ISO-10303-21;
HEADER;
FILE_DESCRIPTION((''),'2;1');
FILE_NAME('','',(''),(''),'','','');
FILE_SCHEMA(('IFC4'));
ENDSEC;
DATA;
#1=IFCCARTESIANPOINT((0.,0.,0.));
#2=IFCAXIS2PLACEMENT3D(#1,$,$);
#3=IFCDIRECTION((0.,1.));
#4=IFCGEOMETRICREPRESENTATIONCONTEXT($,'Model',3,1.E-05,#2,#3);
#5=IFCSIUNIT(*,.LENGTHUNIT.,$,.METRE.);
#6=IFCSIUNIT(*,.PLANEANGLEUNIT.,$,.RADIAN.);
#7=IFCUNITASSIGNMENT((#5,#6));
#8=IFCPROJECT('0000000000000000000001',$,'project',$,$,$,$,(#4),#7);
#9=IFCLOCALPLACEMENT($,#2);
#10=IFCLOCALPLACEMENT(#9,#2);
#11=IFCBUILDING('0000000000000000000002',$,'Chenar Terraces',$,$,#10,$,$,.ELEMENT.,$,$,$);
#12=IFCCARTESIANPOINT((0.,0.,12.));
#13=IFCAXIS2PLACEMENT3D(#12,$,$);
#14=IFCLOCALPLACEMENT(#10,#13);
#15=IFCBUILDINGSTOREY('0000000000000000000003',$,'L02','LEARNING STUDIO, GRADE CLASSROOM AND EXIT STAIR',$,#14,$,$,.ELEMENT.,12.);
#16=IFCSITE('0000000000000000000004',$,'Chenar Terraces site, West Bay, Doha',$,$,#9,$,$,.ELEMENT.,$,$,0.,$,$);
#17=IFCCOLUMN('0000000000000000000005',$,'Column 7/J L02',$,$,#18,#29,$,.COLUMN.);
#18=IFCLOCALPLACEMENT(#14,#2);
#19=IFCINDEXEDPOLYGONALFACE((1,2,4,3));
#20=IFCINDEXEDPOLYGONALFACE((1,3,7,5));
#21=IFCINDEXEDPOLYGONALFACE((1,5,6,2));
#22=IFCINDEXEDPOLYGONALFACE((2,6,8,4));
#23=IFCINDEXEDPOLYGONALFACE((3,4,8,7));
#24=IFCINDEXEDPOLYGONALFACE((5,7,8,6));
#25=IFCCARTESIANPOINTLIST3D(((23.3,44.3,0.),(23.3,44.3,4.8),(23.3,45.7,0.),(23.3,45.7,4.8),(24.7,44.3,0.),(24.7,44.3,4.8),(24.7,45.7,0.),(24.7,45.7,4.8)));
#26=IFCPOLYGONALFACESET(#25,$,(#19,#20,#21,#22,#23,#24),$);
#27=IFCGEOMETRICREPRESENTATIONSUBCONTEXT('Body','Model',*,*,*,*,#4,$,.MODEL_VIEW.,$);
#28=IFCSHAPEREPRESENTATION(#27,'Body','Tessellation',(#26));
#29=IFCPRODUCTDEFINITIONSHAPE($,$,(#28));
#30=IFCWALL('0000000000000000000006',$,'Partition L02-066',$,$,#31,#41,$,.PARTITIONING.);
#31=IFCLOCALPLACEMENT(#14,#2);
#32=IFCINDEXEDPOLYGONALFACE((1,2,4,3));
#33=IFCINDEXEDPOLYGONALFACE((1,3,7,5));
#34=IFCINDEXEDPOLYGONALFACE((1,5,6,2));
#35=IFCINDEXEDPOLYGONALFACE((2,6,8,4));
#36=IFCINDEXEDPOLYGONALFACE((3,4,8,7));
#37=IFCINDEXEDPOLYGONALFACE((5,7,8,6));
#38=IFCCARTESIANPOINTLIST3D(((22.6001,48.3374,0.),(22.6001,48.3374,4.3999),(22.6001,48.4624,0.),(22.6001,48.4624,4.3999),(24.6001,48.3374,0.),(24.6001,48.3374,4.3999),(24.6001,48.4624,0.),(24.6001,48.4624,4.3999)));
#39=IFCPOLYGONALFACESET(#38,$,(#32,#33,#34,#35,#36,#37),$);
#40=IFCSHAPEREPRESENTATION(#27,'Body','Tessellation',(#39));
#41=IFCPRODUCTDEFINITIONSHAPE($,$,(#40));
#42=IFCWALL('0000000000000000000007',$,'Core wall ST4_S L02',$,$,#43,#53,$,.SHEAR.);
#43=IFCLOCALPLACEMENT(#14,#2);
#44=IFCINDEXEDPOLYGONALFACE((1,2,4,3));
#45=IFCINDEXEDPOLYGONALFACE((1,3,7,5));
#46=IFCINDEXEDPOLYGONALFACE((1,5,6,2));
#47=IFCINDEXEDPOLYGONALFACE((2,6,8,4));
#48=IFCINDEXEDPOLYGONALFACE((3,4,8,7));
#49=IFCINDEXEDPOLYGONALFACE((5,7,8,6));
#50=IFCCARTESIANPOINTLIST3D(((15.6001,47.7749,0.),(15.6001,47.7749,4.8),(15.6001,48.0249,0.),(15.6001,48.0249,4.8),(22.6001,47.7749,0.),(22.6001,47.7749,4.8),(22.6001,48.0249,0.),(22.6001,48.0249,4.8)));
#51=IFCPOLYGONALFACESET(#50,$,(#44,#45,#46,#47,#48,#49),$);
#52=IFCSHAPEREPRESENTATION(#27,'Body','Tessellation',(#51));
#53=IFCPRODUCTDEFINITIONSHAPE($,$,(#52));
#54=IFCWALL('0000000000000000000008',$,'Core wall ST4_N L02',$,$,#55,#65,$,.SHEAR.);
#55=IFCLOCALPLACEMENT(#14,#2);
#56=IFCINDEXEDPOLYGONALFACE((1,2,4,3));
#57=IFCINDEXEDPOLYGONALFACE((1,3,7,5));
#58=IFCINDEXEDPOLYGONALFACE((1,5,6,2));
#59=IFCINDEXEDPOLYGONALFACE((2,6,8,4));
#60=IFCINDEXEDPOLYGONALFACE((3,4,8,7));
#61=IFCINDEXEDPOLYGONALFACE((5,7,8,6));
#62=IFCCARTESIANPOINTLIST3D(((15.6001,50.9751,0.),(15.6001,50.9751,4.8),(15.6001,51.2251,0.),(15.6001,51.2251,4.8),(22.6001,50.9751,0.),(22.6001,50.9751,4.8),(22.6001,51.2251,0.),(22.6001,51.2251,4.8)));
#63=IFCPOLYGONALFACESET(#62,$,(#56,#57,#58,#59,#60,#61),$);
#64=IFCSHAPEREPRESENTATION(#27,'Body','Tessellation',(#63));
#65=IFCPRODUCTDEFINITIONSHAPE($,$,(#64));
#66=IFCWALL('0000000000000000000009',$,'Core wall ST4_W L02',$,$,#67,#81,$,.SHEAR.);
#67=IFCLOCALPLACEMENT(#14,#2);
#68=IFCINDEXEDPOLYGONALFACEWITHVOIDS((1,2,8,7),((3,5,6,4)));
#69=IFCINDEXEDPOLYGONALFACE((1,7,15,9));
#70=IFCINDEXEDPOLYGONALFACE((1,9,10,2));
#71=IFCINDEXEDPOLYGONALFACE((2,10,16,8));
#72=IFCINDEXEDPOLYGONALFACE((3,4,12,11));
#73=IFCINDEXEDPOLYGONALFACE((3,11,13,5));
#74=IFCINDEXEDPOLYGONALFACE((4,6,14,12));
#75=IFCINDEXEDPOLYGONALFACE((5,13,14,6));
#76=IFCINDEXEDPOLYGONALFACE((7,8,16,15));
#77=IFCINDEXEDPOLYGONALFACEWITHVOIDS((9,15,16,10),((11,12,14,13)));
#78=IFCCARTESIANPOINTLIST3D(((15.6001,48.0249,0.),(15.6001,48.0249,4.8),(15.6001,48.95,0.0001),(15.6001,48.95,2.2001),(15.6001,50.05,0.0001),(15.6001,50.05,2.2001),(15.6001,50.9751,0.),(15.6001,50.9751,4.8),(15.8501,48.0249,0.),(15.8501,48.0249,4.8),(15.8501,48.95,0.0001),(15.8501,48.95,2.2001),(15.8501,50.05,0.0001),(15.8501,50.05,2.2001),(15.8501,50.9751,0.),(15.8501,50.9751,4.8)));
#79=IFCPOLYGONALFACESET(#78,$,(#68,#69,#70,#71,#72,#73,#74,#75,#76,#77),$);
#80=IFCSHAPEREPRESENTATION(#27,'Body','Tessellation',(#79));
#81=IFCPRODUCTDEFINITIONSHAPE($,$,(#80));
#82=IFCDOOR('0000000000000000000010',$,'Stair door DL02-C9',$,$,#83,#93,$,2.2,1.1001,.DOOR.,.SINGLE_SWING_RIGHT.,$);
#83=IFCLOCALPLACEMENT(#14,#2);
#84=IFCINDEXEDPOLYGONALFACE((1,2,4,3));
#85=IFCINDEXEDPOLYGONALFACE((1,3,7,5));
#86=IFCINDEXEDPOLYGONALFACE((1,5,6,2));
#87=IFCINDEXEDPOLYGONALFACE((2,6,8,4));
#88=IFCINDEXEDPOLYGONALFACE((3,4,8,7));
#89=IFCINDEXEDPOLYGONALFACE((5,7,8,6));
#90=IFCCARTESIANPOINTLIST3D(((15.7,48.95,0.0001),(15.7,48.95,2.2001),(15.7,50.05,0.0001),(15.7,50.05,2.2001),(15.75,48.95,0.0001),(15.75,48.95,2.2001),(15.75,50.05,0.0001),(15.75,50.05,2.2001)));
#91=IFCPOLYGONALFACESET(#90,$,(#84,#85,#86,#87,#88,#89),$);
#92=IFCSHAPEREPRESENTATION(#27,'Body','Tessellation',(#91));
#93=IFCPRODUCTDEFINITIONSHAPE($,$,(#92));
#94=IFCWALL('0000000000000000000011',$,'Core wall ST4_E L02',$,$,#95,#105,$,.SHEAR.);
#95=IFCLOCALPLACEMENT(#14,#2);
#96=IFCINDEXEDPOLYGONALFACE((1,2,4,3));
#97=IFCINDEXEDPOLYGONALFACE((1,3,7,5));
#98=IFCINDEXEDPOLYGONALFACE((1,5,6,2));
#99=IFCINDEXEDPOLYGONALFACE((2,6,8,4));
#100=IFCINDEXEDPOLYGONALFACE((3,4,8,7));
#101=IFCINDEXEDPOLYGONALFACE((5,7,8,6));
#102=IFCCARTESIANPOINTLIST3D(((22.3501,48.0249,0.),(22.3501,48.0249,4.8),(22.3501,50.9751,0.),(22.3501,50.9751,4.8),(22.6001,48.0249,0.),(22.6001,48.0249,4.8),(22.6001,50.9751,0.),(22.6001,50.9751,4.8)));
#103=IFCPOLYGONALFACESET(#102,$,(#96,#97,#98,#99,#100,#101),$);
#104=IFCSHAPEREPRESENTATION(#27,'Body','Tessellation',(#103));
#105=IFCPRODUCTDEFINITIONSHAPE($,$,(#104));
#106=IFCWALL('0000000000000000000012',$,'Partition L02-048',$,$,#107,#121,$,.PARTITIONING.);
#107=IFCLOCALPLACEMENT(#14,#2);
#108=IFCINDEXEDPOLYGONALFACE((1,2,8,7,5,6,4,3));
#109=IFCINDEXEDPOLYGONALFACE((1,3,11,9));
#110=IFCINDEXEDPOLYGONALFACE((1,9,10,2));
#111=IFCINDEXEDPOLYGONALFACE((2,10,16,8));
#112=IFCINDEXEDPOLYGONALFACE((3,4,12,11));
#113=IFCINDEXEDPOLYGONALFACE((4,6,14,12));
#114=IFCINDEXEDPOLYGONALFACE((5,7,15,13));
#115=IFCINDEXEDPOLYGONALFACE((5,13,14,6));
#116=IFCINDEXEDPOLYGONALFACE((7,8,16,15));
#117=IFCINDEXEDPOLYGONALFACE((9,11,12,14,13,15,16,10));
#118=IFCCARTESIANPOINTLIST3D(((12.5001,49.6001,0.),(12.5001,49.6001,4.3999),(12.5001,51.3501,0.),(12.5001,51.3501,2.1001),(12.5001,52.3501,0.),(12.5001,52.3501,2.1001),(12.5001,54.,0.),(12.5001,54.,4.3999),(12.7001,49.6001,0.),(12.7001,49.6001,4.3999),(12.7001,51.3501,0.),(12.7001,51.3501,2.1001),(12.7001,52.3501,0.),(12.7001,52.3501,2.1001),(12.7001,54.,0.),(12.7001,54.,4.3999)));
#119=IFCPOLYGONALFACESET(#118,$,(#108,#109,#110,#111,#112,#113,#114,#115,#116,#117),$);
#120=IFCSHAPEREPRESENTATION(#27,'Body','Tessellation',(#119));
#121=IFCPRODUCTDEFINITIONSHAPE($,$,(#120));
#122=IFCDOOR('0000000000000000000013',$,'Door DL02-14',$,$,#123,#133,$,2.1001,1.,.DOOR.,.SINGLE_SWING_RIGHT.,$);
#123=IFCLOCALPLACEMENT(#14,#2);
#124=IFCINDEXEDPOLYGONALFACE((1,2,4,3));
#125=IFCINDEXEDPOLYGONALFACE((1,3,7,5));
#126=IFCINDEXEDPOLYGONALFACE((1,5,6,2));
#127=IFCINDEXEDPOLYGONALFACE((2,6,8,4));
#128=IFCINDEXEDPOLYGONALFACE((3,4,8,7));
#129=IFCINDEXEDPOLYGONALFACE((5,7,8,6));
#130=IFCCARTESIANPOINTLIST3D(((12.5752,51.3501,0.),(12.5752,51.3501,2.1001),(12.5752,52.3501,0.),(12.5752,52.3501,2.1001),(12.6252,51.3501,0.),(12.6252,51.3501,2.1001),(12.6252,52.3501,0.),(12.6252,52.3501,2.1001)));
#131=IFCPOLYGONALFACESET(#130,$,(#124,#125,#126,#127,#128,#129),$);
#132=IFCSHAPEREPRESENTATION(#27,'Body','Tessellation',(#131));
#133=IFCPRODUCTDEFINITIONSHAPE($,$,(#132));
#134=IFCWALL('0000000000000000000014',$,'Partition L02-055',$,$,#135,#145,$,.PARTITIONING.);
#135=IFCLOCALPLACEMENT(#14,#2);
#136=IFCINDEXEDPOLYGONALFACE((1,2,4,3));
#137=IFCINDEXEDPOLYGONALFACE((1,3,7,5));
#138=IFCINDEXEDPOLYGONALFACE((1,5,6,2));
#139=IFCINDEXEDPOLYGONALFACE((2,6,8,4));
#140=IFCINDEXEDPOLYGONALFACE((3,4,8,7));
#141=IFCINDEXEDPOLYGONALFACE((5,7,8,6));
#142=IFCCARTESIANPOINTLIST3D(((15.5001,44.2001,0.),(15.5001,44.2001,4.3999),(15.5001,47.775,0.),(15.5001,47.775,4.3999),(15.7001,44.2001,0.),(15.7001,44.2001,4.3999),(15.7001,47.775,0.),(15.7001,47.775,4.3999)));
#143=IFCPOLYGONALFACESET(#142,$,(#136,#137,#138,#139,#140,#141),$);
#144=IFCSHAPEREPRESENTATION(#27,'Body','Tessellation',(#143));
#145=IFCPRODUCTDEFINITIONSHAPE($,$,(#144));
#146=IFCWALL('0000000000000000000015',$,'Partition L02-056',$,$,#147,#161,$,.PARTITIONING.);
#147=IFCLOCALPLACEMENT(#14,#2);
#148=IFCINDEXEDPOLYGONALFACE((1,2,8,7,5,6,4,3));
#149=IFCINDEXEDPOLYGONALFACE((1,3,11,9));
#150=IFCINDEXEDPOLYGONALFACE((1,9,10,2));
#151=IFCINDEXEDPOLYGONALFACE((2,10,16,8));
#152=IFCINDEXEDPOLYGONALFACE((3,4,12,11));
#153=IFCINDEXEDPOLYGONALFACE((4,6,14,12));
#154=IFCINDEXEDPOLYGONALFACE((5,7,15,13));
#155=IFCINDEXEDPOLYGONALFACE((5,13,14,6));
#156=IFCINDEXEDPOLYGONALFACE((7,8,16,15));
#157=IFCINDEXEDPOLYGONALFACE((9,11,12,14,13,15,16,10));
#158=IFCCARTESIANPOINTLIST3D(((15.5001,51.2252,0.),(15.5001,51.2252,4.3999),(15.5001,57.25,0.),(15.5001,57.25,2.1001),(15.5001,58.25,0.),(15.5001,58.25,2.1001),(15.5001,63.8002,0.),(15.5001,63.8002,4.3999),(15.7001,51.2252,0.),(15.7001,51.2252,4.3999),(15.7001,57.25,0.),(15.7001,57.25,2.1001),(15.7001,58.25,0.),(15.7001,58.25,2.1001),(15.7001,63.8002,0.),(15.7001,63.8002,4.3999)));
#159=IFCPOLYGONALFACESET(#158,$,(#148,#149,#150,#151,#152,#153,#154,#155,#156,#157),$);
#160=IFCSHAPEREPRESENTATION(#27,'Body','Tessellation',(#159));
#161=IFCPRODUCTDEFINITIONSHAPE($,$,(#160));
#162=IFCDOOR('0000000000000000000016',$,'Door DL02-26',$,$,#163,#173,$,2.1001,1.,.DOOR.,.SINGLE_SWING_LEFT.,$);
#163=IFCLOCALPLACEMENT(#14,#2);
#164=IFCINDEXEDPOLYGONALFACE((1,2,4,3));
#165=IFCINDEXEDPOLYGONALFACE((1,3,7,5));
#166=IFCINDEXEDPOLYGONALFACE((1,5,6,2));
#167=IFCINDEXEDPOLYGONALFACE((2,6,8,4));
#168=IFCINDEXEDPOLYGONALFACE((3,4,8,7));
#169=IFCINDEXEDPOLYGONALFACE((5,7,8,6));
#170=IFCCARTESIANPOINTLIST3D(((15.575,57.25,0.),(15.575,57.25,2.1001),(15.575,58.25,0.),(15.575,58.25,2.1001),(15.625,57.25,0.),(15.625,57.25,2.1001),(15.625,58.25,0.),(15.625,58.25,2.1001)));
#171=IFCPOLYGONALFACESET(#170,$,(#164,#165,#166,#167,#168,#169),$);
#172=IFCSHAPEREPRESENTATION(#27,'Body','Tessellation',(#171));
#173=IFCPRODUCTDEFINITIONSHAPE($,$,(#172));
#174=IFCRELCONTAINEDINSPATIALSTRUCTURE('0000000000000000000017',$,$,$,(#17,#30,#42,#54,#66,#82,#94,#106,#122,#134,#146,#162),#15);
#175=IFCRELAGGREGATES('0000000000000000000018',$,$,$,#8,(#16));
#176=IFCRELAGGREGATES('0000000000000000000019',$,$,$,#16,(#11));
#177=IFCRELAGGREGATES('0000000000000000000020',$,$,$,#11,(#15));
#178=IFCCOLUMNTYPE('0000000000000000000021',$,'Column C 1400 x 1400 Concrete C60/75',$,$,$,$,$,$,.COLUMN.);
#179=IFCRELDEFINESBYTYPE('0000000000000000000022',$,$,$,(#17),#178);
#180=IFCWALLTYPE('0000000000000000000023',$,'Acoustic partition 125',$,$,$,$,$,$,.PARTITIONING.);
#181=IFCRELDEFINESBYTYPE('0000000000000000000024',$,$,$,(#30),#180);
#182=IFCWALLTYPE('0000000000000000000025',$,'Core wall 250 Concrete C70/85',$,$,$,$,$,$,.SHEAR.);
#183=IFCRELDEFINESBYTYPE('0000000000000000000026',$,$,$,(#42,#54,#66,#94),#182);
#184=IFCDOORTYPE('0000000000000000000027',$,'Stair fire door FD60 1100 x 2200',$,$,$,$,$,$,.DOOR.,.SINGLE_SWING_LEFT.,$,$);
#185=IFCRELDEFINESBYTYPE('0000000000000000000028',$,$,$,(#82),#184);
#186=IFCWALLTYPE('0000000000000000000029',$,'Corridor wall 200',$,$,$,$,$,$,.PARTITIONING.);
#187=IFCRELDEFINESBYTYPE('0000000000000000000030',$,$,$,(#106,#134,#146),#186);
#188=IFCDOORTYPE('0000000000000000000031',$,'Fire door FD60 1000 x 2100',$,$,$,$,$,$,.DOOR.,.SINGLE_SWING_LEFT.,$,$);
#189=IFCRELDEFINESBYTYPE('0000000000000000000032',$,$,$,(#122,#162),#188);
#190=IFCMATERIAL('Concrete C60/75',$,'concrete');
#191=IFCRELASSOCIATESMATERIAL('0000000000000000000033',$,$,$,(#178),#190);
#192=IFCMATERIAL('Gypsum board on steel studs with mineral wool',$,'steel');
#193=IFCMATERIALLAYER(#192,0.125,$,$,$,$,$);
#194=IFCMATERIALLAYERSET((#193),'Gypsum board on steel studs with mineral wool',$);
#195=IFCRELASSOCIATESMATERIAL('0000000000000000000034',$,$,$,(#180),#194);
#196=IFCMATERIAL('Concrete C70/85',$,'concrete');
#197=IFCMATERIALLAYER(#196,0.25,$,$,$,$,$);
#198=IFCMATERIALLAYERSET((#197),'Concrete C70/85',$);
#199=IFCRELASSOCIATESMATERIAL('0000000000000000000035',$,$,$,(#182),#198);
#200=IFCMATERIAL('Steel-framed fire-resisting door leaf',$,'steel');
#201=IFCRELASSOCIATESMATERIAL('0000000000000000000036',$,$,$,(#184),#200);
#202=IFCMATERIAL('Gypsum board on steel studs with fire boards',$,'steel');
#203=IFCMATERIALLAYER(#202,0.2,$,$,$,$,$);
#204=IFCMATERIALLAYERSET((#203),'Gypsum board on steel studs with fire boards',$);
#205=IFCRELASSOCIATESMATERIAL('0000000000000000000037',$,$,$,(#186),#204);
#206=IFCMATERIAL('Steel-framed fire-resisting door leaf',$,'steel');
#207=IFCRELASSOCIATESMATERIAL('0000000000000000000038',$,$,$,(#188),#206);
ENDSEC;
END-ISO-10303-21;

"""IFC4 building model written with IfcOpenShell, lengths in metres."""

from ifc_helpers import new_model, si_unit, direction, frame, frame_2d, origin, origin_2d, place, context, subcontext, project, spatial, rectangle, extrude, material, layer, layer_set, material_profile, profile_set, type_object, element, fill, save


model = new_model("IFC4")

# Units and contexts
model_context = context("Model", 3, precision=1e-05, world=origin(), true_north=direction((0.0, 1.0)))
body_context = subcontext(model_context, "Body", "Model", "MODEL_VIEW")
ifc_project = project(units=[si_unit("LENGTHUNIT", "METRE"), si_unit("PLANEANGLEUNIT", "RADIAN")], contexts=[model_context])

# Site, building, storey
site_placement = place(None, origin())
site = spatial("IfcSite", under=ifc_project, at=site_placement, Name="Chenar Terraces site, West Bay, Doha", CompositionType="ELEMENT", RefElevation=0.0)
building_placement = place(site_placement, origin())
building = spatial("IfcBuilding", under=site, at=building_placement, Name="Chenar Terraces", CompositionType="ELEMENT")
storey_placement = place(building_placement, frame((0.0, 0.0, 12.0)))
storey = spatial("IfcBuildingStorey", under=building, at=storey_placement, Name="L02", Description="LEARNING STUDIO, GRADE CLASSROOM AND EXIT STAIR", CompositionType="ELEMENT", Elevation=12.0)

# Column
ifc_material_1 = material(Name="Concrete C60/75", Category="concrete")
ifc_material_profile = material_profile(ifc_material_1, rectangle(XDim=1.3999, YDim=1.3999, at=origin_2d()), Name="C 1400 x 1400")
ifc_profile_set = profile_set([ifc_material_profile], Name="Concrete C60/75")
column_type = type_object("IfcColumnType", Name="Column C 1400 x 1400 Concrete C60/75", PredefinedType="COLUMN", material=ifc_profile_set)
column_placement = place(storey_placement, frame((24.0, 45.0, 0.0), z_axis=(0.0, 0.0, 1.0), x_axis=(1.0, 0.0, 0.0)))
element("IfcColumn", 1, at=column_placement, inside=storey, type_object=column_type, Name="Column 7/J L02", PredefinedType="COLUMN", context=body_context, shape_type="SweptSolid", body=[
    extrude(rectangle(XDim=1.3999, YDim=1.3999, at=origin_2d()), origin(), (0.0, 0.0, 1.0), 4.8),
])

# Walls
ifc_material_2 = material(Name="Gypsum board on steel studs with mineral wool", Category="steel")
ifc_layer_1 = layer(ifc_material_2, 0.125)
ifc_layer_set_1 = layer_set([ifc_layer_1], Name="Gypsum board on steel studs with mineral wool")
wall_type_1 = type_object("IfcWallType", Name="Acoustic partition 125", PredefinedType="PARTITIONING", material=ifc_layer_set_1)
wall_1_placement = place(storey_placement, frame((22.6001, 48.3999, 0.0), z_axis=(0.0, 0.0, 1.0), x_axis=(1.0, 0.0, 0.0)))
element("IfcWall", 2, at=wall_1_placement, inside=storey, type_object=wall_type_1, Name="Partition L02-066", PredefinedType="PARTITIONING", context=body_context, shape_type="SweptSolid", body=[
    extrude(rectangle(XDim=2.0, YDim=0.125, at=frame_2d((1.0, 0.0))), origin(), (0.0, 0.0, 1.0), 4.3999),
])
ifc_material_3 = material(Name="Concrete C70/85", Category="concrete")
ifc_layer_2 = layer(ifc_material_3, 0.25)
ifc_layer_set_2 = layer_set([ifc_layer_2], Name="Concrete C70/85")
wall_type_2 = type_object("IfcWallType", Name="Core wall 250 Concrete C70/85", PredefinedType="SHEAR", material=ifc_layer_set_2)
for number, where, z_axis, x_axis, name in (
    (3, (15.6001, 47.8999, 0.0), (0.0, 0.0, 1.0), (1.0, 0.0, 0.0), "Core wall ST4_S L02"),
    (4, (15.6001, 51.1001, 0.0), (0.0, 0.0, 1.0), (1.0, 0.0, 0.0), "Core wall ST4_N L02"),
):
    element("IfcWall", number, at=place(storey_placement, frame(where, z_axis=z_axis, x_axis=x_axis)), inside=storey, type_object=wall_type_2, Name=name, PredefinedType="SHEAR", context=body_context, shape_type="SweptSolid", body=[
        extrude(rectangle(XDim=7.0, YDim=0.25, at=frame_2d((3.5, 0.0))), origin(), (0.0, 0.0, 1.0), 4.8),
    ])

# Wall, opening, door
wall_2_placement = place(storey_placement, frame((15.7251, 48.0249, 0.0), z_axis=(0.0, 0.0, 1.0), x_axis=(0.0, 1.0, 0.0)))
wall_2 = element("IfcWall", 5, at=wall_2_placement, inside=storey, type_object=wall_type_2, Name="Core wall ST4_W L02", PredefinedType="SHEAR", context=body_context, shape_type="SweptSolid", body=[
    extrude(rectangle(XDim=2.9502, YDim=0.25, at=frame_2d((1.4751, 0.0))), origin(), (0.0, 0.0, 1.0), 4.8),
])
opening_1_placement = place(wall_2_placement, frame((0.925, 0.0, 0.0)))
opening_1 = element("IfcOpeningElement", 6, at=opening_1_placement, cuts=wall_2, PredefinedType="OPENING", context=body_context, shape_type="SweptSolid", body=[
    extrude(rectangle(XDim=1.1001, YDim=2.2, at=frame_2d((0.55, 1.1001))), frame((0.0, 0.135, 0.0), z_axis=(0.0, -1.0, 0.0), x_axis=(1.0, 0.0, 0.0)), (0.0, 0.0, 1.0), 0.27),
])
ifc_material_4 = material(Name="Steel-framed fire-resisting door leaf", Category="steel")
door_type_1 = type_object("IfcDoorType", Name="Stair fire door FD60 1100 x 2200", OperationType="SINGLE_SWING_LEFT", PredefinedType="DOOR", material=ifc_material_4)
door_1_placement = place(opening_1_placement, frame((1.1001, 0.0, 0.0), z_axis=(0.0, 0.0, 1.0), x_axis=(-1.0, 0.0, 0.0)))
door_1 = element("IfcDoor", 7, at=door_1_placement, inside=storey, type_object=door_type_1, Name="Stair door DL02-C9", OperationType="SINGLE_SWING_RIGHT", OverallHeight=2.2, OverallWidth=1.1001, PredefinedType="DOOR", context=body_context, shape_type="SweptSolid", body=[
    extrude(rectangle(XDim=1.1001, YDim=2.2, at=frame_2d((0.55, 1.1001))), frame((0.0, 0.0249, 0.0), z_axis=(0.0, -1.0, 0.0), x_axis=(1.0, 0.0, 0.0)), (0.0, 0.0, 1.0), 0.05),
])
fill(opening_1, door_1)

# Wall
wall_3_placement = place(storey_placement, frame((22.4751, 48.0249, 0.0), z_axis=(0.0, 0.0, 1.0), x_axis=(0.0, 1.0, 0.0)))
element("IfcWall", 8, at=wall_3_placement, inside=storey, type_object=wall_type_2, Name="Core wall ST4_E L02", PredefinedType="SHEAR", context=body_context, shape_type="SweptSolid", body=[
    extrude(rectangle(XDim=2.9502, YDim=0.25, at=frame_2d((1.4751, 0.0))), origin(), (0.0, 0.0, 1.0), 4.8),
])

# Wall, opening, door
ifc_material_5 = material(Name="Gypsum board on steel studs with fire boards", Category="steel")
ifc_layer_3 = layer(ifc_material_5, 0.2)
ifc_layer_set_3 = layer_set([ifc_layer_3], Name="Gypsum board on steel studs with fire boards")
wall_type_3 = type_object("IfcWallType", Name="Corridor wall 200", PredefinedType="PARTITIONING", material=ifc_layer_set_3)
wall_4_placement = place(storey_placement, frame((12.6001, 49.6001, 0.0), z_axis=(0.0, 0.0, 1.0), x_axis=(0.0, 1.0, 0.0)))
wall_4 = element("IfcWall", 9, at=wall_4_placement, inside=storey, type_object=wall_type_3, Name="Partition L02-048", PredefinedType="PARTITIONING", context=body_context, shape_type="SweptSolid", body=[
    extrude(rectangle(XDim=4.3999, YDim=0.2, at=frame_2d((2.2, 0.0))), origin(), (0.0, 0.0, 1.0), 4.3999),
])
opening_2_placement = place(wall_4_placement, frame((1.75, 0.0, 0.0)))
opening_2 = element("IfcOpeningElement", 10, at=opening_2_placement, cuts=wall_4, PredefinedType="OPENING", context=body_context, shape_type="SweptSolid", body=[
    extrude(rectangle(XDim=1.0, YDim=2.1001, at=frame_2d((0.5, 1.05))), frame((0.0, 0.1099, 0.0), z_axis=(0.0, -1.0, 0.0), x_axis=(1.0, 0.0, 0.0)), (0.0, 0.0, 1.0), 0.22),
])
ifc_material_6 = material(Name="Steel-framed fire-resisting door leaf", Category="steel")
door_type_2 = type_object("IfcDoorType", Name="Fire door FD60 1000 x 2100", OperationType="SINGLE_SWING_LEFT", PredefinedType="DOOR", material=ifc_material_6)
door_2_placement = place(opening_2_placement, origin())
door_2 = element("IfcDoor", 11, at=door_2_placement, inside=storey, type_object=door_type_2, Name="Door DL02-14", OperationType="SINGLE_SWING_RIGHT", OverallHeight=2.1001, OverallWidth=1.0, PredefinedType="DOOR", context=body_context, shape_type="SweptSolid", body=[
    extrude(rectangle(XDim=1.0, YDim=2.1001, at=frame_2d((0.5, 1.05))), frame((0.0, 0.0249, 0.0), z_axis=(0.0, -1.0, 0.0), x_axis=(1.0, 0.0, 0.0)), (0.0, 0.0, 1.0), 0.05),
])
fill(opening_2, door_2)

# Wall
wall_5_placement = place(storey_placement, frame((15.6001, 44.2, 0.0), z_axis=(0.0, 0.0, 1.0), x_axis=(0.0, 1.0, 0.0)))
element("IfcWall", 12, at=wall_5_placement, inside=storey, type_object=wall_type_3, Name="Partition L02-055", PredefinedType="PARTITIONING", context=body_context, shape_type="SweptSolid", body=[
    extrude(rectangle(XDim=3.575, YDim=0.2, at=frame_2d((1.7876, 0.0))), origin(), (0.0, 0.0, 1.0), 4.3999),
])

# Wall, opening, door
wall_6_placement = place(storey_placement, frame((15.6001, 51.2251, 0.0), z_axis=(0.0, 0.0, 1.0), x_axis=(0.0, 1.0, 0.0)))
wall_6 = element("IfcWall", 13, at=wall_6_placement, inside=storey, type_object=wall_type_3, Name="Partition L02-056", PredefinedType="PARTITIONING", context=body_context, shape_type="SweptSolid", body=[
    extrude(rectangle(XDim=12.575, YDim=0.2, at=frame_2d((6.2876, 0.0))), origin(), (0.0, 0.0, 1.0), 4.3999),
])
opening_3_placement = place(wall_6_placement, frame((6.0249, 0.0, 0.0)))
opening_3 = element("IfcOpeningElement", 14, at=opening_3_placement, cuts=wall_6, PredefinedType="OPENING", context=body_context, shape_type="SweptSolid", body=[
    extrude(rectangle(XDim=1.0, YDim=2.1001, at=frame_2d((0.5, 1.05))), frame((0.0, 0.1099, 0.0), z_axis=(0.0, -1.0, 0.0), x_axis=(1.0, 0.0, 0.0)), (0.0, 0.0, 1.0), 0.22),
])
door_3_placement = place(opening_3_placement, frame((1.0, 0.0, 0.0), z_axis=(0.0, 0.0, 1.0), x_axis=(-1.0, 0.0, 0.0)))
door_3 = element("IfcDoor", 15, at=door_3_placement, inside=storey, type_object=door_type_2, Name="Door DL02-26", OperationType="SINGLE_SWING_LEFT", OverallHeight=2.1001, OverallWidth=1.0, PredefinedType="DOOR", context=body_context, shape_type="SweptSolid", body=[
    extrude(rectangle(XDim=1.0, YDim=2.1001, at=frame_2d((0.5, 1.05))), frame((0.0, 0.0249, 0.0), z_axis=(0.0, -1.0, 0.0), x_axis=(1.0, 0.0, 0.0)), (0.0, 0.0, 1.0), 0.05),
])
fill(opening_3, door_3)

save(model, "model.ifc")
